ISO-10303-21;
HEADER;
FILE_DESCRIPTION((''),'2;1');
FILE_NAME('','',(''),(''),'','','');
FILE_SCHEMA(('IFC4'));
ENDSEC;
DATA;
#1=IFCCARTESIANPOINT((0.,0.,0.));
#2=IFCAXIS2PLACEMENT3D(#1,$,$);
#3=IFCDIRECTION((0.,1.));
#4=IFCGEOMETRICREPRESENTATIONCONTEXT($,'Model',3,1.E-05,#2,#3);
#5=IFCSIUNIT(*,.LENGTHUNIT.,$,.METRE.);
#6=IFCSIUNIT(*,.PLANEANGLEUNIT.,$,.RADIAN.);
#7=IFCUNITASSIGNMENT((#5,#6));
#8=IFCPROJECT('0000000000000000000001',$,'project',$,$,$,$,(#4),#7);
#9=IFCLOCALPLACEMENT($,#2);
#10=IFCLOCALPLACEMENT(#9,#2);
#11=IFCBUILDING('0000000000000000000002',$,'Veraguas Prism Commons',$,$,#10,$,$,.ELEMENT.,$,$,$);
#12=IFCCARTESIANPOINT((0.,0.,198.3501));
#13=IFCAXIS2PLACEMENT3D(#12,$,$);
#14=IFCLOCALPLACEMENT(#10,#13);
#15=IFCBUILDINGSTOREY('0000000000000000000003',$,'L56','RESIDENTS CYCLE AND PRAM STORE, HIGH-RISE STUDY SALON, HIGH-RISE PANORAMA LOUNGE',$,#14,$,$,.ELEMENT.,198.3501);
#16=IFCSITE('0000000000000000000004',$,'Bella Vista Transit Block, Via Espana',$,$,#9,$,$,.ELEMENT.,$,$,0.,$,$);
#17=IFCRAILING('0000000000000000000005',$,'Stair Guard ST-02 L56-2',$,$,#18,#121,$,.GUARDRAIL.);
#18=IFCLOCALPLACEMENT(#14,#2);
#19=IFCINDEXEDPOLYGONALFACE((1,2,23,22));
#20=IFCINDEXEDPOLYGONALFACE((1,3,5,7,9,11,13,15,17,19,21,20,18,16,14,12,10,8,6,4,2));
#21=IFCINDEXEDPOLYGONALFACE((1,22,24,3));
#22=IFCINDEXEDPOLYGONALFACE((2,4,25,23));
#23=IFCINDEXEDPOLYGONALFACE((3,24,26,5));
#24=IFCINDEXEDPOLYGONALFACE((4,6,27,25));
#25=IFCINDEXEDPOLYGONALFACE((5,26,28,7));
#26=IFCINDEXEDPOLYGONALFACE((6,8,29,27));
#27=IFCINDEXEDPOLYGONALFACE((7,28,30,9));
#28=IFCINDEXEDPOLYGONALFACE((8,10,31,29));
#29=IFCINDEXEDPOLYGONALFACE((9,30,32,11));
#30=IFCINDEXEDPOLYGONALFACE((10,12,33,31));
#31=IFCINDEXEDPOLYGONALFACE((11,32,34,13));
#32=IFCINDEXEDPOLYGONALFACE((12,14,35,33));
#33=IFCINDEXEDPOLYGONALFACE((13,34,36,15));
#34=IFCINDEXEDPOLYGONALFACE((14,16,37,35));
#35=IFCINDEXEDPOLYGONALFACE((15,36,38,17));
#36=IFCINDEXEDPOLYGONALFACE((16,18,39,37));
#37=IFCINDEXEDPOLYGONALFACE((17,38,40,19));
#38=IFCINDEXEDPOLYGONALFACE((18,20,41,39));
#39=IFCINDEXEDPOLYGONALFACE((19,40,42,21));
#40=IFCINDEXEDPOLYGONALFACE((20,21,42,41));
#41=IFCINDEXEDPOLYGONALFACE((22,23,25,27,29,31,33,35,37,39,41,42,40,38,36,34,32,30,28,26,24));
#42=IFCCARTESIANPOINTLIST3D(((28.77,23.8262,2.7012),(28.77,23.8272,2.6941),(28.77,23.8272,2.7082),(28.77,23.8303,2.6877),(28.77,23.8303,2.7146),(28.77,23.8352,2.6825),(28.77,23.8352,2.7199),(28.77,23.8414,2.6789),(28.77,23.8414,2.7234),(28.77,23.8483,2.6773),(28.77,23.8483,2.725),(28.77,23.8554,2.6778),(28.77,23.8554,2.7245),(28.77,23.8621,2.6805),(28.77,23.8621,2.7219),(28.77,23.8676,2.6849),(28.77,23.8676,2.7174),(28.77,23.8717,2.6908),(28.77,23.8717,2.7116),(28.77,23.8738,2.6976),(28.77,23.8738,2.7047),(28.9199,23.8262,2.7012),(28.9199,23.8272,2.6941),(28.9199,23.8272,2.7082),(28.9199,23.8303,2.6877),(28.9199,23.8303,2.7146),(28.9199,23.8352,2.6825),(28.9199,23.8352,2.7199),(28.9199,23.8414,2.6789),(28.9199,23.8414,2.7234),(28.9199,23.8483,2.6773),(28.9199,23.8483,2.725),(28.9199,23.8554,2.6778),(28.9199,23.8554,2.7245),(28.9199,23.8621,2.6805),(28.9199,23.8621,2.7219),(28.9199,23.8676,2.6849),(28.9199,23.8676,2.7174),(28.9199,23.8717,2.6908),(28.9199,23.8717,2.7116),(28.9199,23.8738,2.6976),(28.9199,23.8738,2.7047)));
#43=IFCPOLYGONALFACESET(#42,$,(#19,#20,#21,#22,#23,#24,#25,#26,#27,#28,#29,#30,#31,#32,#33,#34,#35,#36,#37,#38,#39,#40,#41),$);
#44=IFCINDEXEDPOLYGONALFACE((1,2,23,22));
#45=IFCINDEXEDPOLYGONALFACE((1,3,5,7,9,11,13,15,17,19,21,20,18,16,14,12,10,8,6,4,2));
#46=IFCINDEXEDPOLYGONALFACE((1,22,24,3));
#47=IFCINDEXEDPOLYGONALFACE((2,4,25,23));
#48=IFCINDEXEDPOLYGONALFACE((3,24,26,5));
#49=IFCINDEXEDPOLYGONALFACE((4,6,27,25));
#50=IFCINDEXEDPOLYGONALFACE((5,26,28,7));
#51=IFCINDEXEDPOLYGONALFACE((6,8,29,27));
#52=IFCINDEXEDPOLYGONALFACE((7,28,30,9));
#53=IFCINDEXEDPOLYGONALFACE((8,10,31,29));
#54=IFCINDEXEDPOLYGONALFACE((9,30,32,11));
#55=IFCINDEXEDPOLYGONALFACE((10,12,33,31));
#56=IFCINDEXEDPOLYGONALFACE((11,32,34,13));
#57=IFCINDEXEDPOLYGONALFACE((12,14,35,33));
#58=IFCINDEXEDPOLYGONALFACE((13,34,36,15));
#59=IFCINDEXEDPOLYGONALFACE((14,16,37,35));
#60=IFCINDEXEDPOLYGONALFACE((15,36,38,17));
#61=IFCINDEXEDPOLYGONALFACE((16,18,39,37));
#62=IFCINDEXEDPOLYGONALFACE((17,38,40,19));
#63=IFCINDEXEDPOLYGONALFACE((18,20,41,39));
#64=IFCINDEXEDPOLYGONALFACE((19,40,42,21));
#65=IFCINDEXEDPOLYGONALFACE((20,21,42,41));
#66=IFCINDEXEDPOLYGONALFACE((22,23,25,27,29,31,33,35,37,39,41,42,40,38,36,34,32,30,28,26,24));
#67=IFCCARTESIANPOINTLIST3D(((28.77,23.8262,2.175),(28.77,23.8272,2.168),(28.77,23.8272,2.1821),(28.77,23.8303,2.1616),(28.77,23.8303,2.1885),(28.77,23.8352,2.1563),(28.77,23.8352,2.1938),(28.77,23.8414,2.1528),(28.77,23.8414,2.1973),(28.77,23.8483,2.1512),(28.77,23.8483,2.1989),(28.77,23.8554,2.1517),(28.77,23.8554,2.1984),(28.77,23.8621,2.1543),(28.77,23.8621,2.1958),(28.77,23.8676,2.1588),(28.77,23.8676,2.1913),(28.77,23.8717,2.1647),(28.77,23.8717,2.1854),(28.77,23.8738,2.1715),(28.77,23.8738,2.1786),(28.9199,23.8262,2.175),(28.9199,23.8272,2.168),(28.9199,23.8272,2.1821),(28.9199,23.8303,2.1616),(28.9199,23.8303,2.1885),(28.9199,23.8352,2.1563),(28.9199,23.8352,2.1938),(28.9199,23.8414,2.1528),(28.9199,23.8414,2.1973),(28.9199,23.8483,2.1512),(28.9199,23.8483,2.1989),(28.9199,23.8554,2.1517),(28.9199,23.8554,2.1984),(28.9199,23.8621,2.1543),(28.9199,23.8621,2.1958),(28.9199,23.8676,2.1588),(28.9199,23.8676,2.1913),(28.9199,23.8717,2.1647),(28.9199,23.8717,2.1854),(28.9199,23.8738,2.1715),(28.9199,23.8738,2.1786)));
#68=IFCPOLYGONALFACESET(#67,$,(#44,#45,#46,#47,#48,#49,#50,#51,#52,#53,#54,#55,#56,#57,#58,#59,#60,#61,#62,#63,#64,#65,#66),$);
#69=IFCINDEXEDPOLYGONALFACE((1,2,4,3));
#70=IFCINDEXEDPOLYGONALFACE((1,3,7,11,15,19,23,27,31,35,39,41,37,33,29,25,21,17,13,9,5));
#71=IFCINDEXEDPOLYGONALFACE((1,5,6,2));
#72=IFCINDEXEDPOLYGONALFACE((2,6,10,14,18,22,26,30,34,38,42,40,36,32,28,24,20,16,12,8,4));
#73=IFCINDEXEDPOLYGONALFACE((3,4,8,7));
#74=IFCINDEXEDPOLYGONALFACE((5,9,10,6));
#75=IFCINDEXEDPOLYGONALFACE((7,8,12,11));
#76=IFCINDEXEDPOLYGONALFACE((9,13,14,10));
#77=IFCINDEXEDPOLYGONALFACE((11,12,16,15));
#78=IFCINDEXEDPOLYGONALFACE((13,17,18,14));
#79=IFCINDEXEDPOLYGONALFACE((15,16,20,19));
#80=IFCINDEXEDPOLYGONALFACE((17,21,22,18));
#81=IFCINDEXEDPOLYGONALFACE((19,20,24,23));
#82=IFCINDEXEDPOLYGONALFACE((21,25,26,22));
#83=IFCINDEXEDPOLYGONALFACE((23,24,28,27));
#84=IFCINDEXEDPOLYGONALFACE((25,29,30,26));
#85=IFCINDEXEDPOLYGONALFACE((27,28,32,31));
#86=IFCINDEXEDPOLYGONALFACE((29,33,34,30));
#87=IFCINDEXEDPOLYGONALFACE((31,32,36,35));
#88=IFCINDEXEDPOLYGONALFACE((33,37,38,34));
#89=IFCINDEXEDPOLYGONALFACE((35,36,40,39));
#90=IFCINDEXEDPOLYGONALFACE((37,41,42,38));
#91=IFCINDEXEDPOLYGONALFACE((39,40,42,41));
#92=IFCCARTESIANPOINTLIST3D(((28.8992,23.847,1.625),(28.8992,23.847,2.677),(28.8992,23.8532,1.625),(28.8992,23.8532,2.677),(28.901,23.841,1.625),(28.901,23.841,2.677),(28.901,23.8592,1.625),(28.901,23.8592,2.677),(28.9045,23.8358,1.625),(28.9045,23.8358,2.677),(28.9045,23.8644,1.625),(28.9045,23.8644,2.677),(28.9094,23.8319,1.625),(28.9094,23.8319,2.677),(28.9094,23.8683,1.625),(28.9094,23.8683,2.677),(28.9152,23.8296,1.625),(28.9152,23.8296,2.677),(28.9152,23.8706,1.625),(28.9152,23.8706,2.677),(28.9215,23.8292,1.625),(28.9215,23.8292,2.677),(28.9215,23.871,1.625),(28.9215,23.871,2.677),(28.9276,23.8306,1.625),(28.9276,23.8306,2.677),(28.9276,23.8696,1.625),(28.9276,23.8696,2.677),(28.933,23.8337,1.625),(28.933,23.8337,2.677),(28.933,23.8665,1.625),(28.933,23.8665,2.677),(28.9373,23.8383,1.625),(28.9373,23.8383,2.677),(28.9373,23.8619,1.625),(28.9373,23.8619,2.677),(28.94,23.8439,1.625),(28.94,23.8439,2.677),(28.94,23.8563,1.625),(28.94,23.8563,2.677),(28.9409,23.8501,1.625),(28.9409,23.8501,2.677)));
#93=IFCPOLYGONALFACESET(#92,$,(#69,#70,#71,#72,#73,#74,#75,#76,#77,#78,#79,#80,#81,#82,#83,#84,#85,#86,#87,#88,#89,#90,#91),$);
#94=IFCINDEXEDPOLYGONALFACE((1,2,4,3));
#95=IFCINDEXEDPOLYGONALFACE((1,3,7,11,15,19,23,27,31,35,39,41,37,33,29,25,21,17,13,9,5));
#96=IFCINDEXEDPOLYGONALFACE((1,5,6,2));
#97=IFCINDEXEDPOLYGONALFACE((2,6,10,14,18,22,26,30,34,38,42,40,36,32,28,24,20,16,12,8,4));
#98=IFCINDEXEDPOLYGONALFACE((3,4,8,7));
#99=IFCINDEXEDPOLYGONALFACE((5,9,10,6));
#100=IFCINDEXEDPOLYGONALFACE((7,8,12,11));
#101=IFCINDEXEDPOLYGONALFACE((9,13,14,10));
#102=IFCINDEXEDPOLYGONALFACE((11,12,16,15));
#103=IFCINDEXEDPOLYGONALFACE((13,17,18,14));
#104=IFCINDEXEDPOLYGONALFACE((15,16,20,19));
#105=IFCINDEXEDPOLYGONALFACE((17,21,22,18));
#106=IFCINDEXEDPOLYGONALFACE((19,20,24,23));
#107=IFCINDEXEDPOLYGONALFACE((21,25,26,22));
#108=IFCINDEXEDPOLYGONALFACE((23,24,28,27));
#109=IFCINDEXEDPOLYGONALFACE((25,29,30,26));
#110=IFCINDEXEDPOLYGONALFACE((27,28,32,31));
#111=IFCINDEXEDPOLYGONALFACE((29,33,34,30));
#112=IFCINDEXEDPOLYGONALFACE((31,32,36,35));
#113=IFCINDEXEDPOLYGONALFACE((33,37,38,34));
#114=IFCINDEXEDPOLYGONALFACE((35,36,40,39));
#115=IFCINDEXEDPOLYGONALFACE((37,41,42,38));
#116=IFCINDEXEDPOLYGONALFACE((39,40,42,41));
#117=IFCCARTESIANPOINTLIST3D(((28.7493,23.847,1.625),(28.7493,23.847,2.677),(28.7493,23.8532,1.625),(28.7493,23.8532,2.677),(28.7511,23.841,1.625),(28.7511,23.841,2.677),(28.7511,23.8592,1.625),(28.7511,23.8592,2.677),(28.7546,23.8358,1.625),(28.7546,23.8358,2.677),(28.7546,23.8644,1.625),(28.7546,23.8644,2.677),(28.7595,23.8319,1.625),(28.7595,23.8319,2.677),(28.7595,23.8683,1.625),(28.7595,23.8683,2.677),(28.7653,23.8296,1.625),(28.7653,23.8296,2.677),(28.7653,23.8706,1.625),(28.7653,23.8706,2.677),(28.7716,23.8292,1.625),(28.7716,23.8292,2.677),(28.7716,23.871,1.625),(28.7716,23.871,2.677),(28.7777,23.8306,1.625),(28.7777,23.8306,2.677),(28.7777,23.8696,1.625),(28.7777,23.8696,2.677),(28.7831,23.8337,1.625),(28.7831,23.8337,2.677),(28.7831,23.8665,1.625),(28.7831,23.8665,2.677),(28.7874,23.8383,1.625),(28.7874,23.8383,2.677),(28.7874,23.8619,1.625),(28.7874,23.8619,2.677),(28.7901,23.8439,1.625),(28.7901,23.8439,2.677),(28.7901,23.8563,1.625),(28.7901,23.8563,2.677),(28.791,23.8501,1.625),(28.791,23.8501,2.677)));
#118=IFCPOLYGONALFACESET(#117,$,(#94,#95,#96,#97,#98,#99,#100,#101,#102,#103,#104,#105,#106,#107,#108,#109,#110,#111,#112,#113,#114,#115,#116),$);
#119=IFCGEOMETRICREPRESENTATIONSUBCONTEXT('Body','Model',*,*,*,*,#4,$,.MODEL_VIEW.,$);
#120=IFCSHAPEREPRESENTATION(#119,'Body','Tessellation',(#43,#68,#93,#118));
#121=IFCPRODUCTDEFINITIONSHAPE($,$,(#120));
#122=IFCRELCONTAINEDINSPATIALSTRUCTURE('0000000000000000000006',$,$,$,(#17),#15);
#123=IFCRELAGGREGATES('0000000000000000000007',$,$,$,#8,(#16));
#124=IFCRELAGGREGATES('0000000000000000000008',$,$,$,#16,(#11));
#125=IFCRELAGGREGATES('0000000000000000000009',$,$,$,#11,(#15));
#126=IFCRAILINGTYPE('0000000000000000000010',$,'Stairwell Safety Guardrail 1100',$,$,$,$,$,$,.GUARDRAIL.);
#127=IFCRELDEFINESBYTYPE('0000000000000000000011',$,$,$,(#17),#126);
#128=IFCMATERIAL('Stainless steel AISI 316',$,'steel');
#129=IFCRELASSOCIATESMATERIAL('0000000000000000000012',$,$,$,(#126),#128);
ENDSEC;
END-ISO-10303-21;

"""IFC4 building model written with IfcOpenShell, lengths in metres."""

from ifc_helpers import new_model, si_unit, direction, frame, origin, origin_2d, place, context, subcontext, project, spatial, circle, extrude, material, type_object, element, save


model = new_model("IFC4")

# Units and contexts
model_context = context("Model", 3, precision=1e-05, world=origin(), true_north=direction((0.0, 1.0)))
body_context = subcontext(model_context, "Body", "Model", "MODEL_VIEW")
ifc_project = project(units=[si_unit("LENGTHUNIT", "METRE"), si_unit("PLANEANGLEUNIT", "RADIAN")], contexts=[model_context])

# Site, building, storey
site_placement = place(None, origin())
site = spatial("IfcSite", under=ifc_project, at=site_placement, Name="Bella Vista Transit Block, Via Espana", CompositionType="ELEMENT", RefElevation=0.0)
building_placement = place(site_placement, origin())
building = spatial("IfcBuilding", under=site, at=building_placement, Name="Veraguas Prism Commons", CompositionType="ELEMENT")
storey_placement = place(building_placement, frame((0.0, 0.0, 198.3501)))
storey = spatial("IfcBuildingStorey", under=building, at=storey_placement, Name="L56", Description="RESIDENTS CYCLE AND PRAM STORE, HIGH-RISE STUDY SALON, HIGH-RISE PANORAMA LOUNGE", CompositionType="ELEMENT", Elevation=198.3501)

# Railing
ifc_material_1 = material(Name="Stainless steel AISI 316", Category="steel")
railing_type_1 = type_object("IfcRailingType", Name="Stairwell Safety Guardrail 1100", PredefinedType="GUARDRAIL", material=ifc_material_1)
railing_1_placement = place(storey_placement, frame((28.9199, 23.8501, 1.625)))
element("IfcRailing", 1, at=railing_1_placement, inside=storey, type_object=railing_type_1, Name="Stair Guard ST-02 L56-2", PredefinedType="GUARDRAIL", context=body_context, shape_type="SweptSolid", body=[
    extrude(circle(Radius=0.0239, at=origin_2d()), frame((0.0, 0.0, 1.0762), z_axis=(-1.0, 0.0, 0.0), x_axis=(0.0, -1.0, 0.0)), (0.0, 0.0, 1.0), 0.1499),
    extrude(circle(Radius=0.0239, at=origin_2d()), frame((0.0, 0.0, 0.55), z_axis=(-1.0, 0.0, 0.0), x_axis=(0.0, -1.0, 0.0)), (0.0, 0.0, 1.0), 0.1499),
    extrude(circle(Radius=0.021, at=origin_2d()), origin(), (0.0, 0.0, 1.0), 1.052),
    extrude(circle(Radius=0.021, at=origin_2d()), frame((-0.1499, 0.0, 0.0)), (0.0, 0.0, 1.0), 1.052),
])

save(model, "model.ifc")
